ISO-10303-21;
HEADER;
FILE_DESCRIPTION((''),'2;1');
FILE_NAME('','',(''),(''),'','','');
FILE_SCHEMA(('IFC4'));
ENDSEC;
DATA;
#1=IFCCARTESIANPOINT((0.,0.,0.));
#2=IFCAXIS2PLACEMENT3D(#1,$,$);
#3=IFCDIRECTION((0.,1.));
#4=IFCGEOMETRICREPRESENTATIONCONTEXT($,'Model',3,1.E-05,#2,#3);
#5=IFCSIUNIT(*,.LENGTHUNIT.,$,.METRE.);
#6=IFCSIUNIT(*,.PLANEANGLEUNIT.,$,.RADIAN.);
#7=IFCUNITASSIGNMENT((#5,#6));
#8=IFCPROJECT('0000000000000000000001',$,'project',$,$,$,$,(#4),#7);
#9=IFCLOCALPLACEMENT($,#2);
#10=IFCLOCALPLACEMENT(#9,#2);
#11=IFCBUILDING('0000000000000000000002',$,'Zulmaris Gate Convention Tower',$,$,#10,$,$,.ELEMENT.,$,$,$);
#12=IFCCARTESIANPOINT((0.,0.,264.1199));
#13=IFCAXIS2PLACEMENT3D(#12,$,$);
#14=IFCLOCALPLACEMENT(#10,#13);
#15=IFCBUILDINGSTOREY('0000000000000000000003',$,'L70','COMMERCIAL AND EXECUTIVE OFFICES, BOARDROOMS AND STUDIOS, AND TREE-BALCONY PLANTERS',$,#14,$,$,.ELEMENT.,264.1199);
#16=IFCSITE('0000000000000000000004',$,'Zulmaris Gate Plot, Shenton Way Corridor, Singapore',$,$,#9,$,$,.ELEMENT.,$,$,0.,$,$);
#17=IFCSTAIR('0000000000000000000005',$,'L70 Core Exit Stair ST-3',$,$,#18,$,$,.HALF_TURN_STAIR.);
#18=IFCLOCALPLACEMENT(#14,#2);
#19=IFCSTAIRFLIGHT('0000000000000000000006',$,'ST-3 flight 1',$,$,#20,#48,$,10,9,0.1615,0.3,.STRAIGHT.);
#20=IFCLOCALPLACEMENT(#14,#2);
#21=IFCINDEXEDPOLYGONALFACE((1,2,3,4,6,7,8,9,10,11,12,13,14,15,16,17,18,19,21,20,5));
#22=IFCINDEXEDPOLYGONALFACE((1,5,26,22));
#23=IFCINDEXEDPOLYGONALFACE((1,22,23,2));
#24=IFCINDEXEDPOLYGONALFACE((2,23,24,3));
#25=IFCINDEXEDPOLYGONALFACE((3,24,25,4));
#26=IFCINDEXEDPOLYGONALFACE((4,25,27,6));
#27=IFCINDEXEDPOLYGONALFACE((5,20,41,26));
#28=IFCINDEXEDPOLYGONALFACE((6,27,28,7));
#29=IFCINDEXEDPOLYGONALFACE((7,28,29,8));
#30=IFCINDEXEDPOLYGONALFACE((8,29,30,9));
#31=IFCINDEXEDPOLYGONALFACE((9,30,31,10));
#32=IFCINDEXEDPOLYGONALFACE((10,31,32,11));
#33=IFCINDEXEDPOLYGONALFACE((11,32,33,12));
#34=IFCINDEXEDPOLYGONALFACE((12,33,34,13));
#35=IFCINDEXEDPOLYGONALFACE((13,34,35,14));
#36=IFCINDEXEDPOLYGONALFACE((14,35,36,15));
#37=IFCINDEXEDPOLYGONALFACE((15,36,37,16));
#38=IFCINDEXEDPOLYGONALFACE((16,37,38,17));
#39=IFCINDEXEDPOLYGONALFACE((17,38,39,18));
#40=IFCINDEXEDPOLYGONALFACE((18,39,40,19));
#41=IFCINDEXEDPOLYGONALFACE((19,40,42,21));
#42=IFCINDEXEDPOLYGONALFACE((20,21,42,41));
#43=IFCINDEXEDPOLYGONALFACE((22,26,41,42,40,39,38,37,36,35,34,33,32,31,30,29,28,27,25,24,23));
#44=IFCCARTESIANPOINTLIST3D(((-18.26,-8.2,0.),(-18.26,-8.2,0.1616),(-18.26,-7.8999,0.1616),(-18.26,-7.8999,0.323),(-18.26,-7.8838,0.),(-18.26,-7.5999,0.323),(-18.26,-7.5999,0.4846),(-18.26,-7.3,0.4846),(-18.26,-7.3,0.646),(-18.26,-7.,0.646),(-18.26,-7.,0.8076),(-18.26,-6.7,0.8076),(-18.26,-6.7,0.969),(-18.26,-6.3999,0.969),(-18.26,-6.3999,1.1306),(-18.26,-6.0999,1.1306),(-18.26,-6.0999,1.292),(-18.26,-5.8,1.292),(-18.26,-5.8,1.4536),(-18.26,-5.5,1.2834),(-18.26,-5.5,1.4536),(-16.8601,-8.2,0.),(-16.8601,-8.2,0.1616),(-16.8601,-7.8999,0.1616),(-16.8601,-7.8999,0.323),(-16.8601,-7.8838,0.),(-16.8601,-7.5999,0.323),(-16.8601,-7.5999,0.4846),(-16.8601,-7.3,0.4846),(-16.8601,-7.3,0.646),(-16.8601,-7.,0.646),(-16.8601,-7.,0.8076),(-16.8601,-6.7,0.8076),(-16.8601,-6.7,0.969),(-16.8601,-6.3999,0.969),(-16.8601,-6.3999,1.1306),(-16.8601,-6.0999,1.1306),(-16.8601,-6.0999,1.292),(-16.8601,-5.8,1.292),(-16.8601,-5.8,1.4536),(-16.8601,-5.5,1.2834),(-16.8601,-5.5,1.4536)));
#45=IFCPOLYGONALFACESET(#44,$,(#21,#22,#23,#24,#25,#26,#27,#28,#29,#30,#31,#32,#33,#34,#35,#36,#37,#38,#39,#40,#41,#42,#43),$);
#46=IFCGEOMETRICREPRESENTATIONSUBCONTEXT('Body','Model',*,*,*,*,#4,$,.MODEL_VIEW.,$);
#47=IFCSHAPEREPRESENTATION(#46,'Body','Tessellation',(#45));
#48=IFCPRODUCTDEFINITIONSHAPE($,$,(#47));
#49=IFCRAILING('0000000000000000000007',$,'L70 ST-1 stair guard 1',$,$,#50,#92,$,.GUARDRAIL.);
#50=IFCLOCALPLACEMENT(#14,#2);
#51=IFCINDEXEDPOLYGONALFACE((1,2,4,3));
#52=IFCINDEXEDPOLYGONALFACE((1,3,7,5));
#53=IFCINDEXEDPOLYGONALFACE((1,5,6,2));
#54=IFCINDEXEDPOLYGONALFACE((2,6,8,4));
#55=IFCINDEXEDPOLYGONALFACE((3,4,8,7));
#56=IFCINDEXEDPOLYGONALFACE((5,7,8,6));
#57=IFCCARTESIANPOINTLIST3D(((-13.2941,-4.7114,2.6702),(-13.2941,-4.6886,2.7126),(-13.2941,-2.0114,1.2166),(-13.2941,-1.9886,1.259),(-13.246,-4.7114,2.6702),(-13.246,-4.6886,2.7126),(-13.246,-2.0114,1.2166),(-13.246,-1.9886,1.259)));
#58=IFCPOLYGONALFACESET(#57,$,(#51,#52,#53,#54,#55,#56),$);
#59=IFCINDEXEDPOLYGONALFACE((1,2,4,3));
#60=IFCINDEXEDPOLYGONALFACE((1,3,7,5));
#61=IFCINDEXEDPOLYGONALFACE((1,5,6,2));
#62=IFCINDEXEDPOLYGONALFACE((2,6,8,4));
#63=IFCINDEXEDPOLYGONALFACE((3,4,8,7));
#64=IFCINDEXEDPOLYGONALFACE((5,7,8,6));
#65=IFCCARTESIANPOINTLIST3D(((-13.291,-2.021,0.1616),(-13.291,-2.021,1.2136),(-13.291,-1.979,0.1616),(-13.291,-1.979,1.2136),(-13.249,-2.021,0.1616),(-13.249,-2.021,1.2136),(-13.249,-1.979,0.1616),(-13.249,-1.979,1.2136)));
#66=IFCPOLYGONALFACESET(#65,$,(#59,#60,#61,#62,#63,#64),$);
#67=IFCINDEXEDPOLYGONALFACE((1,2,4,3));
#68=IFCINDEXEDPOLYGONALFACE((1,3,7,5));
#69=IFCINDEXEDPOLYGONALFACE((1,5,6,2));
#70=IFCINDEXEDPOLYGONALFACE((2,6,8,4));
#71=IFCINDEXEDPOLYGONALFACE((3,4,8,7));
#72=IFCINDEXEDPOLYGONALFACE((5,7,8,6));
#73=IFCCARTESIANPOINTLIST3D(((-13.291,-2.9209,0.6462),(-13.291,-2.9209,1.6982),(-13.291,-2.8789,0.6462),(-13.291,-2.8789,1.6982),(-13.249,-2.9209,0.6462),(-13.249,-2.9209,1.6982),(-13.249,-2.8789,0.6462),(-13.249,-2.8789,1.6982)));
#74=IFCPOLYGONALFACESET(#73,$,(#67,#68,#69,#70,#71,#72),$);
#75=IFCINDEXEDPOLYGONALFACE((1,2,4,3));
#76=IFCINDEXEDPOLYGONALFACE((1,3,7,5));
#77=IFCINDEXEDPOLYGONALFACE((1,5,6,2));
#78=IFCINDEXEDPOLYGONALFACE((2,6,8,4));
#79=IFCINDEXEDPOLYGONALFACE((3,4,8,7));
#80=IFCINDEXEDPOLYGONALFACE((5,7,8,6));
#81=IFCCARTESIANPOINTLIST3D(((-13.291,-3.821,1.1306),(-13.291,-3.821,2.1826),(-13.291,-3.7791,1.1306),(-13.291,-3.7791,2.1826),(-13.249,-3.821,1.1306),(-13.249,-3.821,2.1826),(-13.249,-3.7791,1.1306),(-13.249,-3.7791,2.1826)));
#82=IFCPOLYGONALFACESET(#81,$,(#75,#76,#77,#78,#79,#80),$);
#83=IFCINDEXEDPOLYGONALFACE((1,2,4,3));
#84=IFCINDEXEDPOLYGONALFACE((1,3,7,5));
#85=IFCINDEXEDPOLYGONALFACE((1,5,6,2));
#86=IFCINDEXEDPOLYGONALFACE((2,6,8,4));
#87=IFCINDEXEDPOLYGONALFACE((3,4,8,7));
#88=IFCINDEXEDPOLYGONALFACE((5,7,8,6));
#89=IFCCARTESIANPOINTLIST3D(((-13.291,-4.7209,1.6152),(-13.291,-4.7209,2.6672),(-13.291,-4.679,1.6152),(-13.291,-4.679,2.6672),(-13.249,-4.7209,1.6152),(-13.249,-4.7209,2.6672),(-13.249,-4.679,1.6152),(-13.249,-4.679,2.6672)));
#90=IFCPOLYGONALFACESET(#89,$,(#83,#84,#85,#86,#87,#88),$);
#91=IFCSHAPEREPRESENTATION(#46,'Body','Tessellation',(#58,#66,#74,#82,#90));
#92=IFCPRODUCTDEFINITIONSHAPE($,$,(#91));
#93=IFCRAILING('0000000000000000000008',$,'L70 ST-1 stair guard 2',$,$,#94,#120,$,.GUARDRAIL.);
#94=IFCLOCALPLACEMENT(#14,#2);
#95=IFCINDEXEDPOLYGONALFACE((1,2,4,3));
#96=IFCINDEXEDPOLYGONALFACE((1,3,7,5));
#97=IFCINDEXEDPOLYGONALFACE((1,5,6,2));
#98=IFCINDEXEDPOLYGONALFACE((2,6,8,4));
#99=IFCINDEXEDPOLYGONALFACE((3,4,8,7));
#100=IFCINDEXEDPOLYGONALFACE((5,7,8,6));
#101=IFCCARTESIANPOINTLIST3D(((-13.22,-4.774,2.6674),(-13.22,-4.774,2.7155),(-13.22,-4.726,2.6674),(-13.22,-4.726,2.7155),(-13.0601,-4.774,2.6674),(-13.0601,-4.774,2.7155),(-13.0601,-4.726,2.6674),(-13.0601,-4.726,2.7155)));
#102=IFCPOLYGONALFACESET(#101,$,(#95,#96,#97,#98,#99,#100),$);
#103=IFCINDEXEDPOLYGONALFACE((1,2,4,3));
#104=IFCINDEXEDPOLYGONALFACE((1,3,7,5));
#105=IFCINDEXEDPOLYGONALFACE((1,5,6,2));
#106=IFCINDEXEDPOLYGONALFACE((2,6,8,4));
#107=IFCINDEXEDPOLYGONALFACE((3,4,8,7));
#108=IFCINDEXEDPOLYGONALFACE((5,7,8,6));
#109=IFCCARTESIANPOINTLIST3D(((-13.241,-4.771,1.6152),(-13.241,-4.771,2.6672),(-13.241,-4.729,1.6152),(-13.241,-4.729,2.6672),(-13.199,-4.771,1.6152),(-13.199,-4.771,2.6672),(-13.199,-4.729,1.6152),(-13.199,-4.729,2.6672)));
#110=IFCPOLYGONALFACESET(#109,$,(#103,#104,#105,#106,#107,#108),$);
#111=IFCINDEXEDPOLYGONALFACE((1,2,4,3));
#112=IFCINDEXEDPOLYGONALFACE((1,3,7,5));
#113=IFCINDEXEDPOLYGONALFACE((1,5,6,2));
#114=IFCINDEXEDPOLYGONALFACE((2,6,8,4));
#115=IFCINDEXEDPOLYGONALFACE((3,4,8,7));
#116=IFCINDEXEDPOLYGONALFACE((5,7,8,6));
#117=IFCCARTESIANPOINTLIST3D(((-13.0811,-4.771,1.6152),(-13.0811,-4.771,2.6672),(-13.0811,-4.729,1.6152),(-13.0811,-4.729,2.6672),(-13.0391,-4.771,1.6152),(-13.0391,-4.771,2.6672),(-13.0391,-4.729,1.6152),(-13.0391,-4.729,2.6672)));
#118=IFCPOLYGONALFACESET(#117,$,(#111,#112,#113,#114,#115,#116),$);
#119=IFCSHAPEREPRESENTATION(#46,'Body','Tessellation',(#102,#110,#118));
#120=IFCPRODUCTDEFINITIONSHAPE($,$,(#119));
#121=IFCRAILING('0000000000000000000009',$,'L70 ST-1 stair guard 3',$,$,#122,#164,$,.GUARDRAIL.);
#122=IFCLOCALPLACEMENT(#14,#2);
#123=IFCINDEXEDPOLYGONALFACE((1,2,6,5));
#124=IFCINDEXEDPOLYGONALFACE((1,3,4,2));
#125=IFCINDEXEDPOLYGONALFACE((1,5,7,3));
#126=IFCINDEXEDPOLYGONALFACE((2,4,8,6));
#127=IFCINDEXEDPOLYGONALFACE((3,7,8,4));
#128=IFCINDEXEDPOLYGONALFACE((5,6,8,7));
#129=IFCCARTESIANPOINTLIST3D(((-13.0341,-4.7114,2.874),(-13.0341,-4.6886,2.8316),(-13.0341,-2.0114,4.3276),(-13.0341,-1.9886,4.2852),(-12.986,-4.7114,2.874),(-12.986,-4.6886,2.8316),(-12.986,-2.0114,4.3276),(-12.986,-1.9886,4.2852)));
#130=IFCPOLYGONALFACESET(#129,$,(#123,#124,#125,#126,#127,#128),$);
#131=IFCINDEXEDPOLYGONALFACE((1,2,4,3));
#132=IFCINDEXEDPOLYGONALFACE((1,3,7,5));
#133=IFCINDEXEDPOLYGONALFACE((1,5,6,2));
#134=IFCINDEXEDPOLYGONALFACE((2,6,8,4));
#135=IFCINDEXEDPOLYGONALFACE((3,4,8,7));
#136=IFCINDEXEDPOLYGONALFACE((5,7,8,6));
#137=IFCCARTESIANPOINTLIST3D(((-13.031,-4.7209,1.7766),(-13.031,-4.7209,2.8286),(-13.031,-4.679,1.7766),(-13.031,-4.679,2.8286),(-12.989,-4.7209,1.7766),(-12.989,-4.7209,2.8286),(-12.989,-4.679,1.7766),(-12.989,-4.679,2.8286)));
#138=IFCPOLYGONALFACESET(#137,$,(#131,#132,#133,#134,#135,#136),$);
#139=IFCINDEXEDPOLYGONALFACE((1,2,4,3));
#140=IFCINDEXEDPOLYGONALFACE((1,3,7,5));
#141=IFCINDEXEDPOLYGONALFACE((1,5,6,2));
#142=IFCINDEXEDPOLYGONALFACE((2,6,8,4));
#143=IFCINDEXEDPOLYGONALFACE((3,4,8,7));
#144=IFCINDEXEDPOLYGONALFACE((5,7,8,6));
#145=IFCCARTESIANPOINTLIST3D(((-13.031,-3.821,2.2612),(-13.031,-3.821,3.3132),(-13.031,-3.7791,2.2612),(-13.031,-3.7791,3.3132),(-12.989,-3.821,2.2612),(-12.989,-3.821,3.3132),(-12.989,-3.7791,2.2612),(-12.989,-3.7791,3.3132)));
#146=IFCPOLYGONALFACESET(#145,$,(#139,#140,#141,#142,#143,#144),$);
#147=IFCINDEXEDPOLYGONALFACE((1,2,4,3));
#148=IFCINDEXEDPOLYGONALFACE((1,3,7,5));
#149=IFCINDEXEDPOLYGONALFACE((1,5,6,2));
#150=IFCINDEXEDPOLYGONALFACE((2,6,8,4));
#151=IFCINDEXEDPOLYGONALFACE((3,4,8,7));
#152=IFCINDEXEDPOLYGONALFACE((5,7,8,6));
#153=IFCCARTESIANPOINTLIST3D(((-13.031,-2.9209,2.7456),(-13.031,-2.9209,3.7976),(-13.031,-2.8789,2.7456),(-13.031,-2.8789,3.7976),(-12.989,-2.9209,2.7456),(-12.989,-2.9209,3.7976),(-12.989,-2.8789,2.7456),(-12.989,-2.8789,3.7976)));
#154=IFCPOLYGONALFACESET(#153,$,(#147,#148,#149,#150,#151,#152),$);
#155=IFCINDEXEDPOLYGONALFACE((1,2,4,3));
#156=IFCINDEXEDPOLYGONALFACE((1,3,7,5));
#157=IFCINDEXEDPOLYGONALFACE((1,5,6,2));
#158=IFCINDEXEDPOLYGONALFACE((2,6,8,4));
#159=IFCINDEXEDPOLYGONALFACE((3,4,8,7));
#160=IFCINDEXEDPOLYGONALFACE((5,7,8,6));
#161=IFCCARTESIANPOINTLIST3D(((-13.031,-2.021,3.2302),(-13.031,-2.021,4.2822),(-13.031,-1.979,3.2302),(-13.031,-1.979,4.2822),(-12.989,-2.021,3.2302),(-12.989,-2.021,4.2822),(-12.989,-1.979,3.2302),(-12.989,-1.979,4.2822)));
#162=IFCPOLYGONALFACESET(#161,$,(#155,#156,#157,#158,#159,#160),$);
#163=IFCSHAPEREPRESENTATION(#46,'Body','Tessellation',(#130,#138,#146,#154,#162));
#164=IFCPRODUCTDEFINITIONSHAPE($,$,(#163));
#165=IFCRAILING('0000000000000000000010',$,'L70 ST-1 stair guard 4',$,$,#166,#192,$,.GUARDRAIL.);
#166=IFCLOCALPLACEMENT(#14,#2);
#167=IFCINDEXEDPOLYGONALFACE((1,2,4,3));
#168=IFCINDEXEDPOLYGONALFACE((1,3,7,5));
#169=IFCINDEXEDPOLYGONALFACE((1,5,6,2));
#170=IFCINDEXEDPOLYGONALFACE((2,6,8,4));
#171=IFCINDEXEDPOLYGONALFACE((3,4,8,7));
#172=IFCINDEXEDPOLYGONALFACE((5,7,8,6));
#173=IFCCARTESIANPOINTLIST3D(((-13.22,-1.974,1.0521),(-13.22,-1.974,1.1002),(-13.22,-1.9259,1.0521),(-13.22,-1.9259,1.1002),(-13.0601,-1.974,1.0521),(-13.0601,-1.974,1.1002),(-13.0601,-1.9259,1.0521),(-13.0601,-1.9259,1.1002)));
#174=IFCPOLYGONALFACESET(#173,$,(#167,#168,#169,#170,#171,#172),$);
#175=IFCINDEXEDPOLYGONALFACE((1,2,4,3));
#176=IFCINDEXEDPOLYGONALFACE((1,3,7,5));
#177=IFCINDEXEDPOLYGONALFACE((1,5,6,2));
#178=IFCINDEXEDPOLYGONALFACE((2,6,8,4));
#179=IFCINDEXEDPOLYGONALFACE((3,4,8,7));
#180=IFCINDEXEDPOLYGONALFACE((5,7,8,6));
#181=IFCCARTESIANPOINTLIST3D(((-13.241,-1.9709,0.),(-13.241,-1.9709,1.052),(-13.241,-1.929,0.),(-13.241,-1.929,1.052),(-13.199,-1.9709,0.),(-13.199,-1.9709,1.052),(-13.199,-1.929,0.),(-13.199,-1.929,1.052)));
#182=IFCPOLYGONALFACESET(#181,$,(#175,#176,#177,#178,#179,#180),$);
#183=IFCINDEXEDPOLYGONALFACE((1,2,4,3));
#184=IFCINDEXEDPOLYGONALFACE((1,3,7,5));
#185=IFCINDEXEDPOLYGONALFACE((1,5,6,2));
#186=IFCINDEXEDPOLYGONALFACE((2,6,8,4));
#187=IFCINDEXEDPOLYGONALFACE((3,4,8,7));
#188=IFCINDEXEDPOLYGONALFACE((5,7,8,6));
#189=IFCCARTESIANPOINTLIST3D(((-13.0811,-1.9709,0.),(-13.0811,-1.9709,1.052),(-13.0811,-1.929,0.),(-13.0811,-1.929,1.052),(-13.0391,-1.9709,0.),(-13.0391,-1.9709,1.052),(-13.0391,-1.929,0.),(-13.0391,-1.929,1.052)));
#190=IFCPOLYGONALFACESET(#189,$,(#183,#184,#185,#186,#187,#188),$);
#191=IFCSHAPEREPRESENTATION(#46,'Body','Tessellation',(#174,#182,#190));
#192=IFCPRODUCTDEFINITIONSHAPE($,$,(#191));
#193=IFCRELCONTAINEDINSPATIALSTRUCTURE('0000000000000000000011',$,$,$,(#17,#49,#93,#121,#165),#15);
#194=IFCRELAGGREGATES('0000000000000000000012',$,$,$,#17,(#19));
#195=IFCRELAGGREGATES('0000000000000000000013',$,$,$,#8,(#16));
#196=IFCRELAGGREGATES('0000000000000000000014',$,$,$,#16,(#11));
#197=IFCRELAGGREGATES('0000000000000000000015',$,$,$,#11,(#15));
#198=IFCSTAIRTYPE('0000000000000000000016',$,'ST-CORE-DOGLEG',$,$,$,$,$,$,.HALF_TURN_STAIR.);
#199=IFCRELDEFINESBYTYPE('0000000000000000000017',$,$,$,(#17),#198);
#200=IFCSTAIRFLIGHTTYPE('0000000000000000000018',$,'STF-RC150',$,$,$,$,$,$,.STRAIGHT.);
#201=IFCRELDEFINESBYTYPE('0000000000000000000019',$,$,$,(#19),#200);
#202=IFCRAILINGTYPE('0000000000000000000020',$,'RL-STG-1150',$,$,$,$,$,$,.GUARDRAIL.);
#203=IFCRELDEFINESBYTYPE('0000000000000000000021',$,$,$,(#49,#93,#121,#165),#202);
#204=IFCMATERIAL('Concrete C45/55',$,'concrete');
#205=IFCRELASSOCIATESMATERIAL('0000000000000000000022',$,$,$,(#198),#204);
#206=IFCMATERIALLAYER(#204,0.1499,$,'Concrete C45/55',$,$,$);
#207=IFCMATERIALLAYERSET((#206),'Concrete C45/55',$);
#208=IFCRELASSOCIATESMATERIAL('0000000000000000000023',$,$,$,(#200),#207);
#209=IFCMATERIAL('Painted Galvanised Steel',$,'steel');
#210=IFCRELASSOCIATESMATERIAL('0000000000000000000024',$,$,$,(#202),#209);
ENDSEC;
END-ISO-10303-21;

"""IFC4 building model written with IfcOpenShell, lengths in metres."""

from ifc_helpers import new_model, si_unit, direction, frame, origin, origin_2d, place, context, subcontext, project, spatial, polyline, rectangle, outline, extrude, material, layer, layer_set, type_object, element, aggregate, save


model = new_model("IFC4")

# Units and contexts
model_context = context("Model", 3, precision=1e-05, world=origin(), true_north=direction((0.0, 1.0)))
body_context = subcontext(model_context, "Body", "Model", "MODEL_VIEW")
ifc_project = project(units=[si_unit("LENGTHUNIT", "METRE"), si_unit("PLANEANGLEUNIT", "RADIAN")], contexts=[model_context])

# Site, building, storey
site_placement = place(None, origin())
site = spatial("IfcSite", under=ifc_project, at=site_placement, Name="Zulmaris Gate Plot, Shenton Way Corridor, Singapore", CompositionType="ELEMENT", RefElevation=0.0)
building_placement = place(site_placement, origin())
building = spatial("IfcBuilding", under=site, at=building_placement, Name="Zulmaris Gate Convention Tower", CompositionType="ELEMENT")
storey_placement = place(building_placement, frame((0.0, 0.0, 264.1199)))
storey = spatial("IfcBuildingStorey", under=building, at=storey_placement, Name="L70", Description="COMMERCIAL AND EXECUTIVE OFFICES, BOARDROOMS AND STUDIOS, AND TREE-BALCONY PLANTERS", CompositionType="ELEMENT", Elevation=264.1199)

# Shared definitions
ifc_material_1 = material(Name="Concrete C45/55", Category="concrete")
stair_type = type_object("IfcStairType", Name="ST-CORE-DOGLEG", PredefinedType="HALF_TURN_STAIR", material=ifc_material_1)
ifc_layer_1 = layer(ifc_material_1, 0.1499, Name="Concrete C45/55")
ifc_layer_set_1 = layer_set([ifc_layer_1], Name="Concrete C45/55")
stair_flight_type = type_object("IfcStairFlightType", Name="STF-RC150", PredefinedType="STRAIGHT", material=ifc_layer_set_1)

# Stair, stair flight
stair_1_placement = place(storey_placement, origin())
stair_1 = element("IfcStair", 1, at=stair_1_placement, inside=storey, type_object=stair_type, Name="L70 Core Exit Stair ST-3", PredefinedType="HALF_TURN_STAIR")
stair_flight_1_placement = place(storey_placement, frame((-17.5601, -8.2, 0.0), z_axis=(0.0, 0.0, 1.0), x_axis=(0.0, 1.0, 0.0)))
stair_flight_1 = element("IfcStairFlight", 2, at=stair_flight_1_placement, type_object=stair_flight_type, Name="ST-3 flight 1", NumberOfRisers=10, NumberOfTreads=9, PredefinedType="STRAIGHT", RiserHeight=0.1615, TreadLength=0.3, context=body_context, shape_type="SweptSolid", body=[
    extrude(outline(polyline([(0.0, 0.0), (0.0, 0.1616), (0.3, 0.1616), (0.3, 0.323), (0.6001, 0.323), (0.6001, 0.4846), (0.8999, 0.4846), (0.8999, 0.646), (1.2, 0.646), (1.2, 0.8076), (1.5, 0.8076), (1.5, 0.969), (1.8, 0.969), (1.8, 1.1306), (2.1001, 1.1306), (2.1001, 1.292), (2.3999, 1.292), (2.3999, 1.4536), (2.7, 1.4536), (2.7, 1.615), (2.7, 1.2834), (0.3162, 0.0), (0.0, 0.0)])), frame((0.0, 0.7, 0.0), z_axis=(0.0, -1.0, 0.0), x_axis=(1.0, 0.0, 0.0)), (0.0, 0.0, 1.0), 1.3999),
])
aggregate(stair_1, [stair_flight_1])

# Railings
ifc_material_2 = material(Name="Painted Galvanised Steel", Category="steel")
railing_type_1 = type_object("IfcRailingType", Name="RL-STG-1150", PredefinedType="GUARDRAIL", material=ifc_material_2)
railing_1_placement = place(storey_placement, frame((-13.27, -2.0, 0.1616)))
element("IfcRailing", 3, at=railing_1_placement, inside=storey, type_object=railing_type_1, Name="L70 ST-1 stair guard 1", PredefinedType="GUARDRAIL", context=body_context, shape_type="SweptSolid", body=[
    extrude(rectangle(XDim=0.0481, YDim=0.0481, at=origin_2d()), frame((0.0, 0.0, 1.0762), z_axis=(0.0, -0.880499, 0.474048), x_axis=(1.0, 0.0, 0.0)), (0.0, 0.0, 1.0), 3.0664),
    extrude(rectangle(XDim=0.042, YDim=0.042, at=origin_2d()), origin(), (0.0, 0.0, 1.0), 1.052),
    extrude(rectangle(XDim=0.042, YDim=0.042, at=origin_2d()), frame((0.0, -0.8999, 0.4846)), (0.0, 0.0, 1.0), 1.052),
    extrude(rectangle(XDim=0.042, YDim=0.042, at=origin_2d()), frame((0.0, -1.8, 0.969)), (0.0, 0.0, 1.0), 1.052),
    extrude(rectangle(XDim=0.042, YDim=0.042, at=origin_2d()), frame((0.0, -2.7, 1.4536)), (0.0, 0.0, 1.0), 1.052),
])
railing_2_placement = place(storey_placement, frame((-13.22, -4.75, 1.6152)))
element("IfcRailing", 4, at=railing_2_placement, inside=storey, type_object=railing_type_1, Name="L70 ST-1 stair guard 2", PredefinedType="GUARDRAIL", context=body_context, shape_type="SweptSolid", body=[
    extrude(rectangle(XDim=0.0481, YDim=0.0481, at=origin_2d()), frame((0.0, 0.0, 1.0762), z_axis=(1.0, 0.0, 0.0), x_axis=(0.0, 1.0, 0.0)), (0.0, 0.0, 1.0), 0.1599),
    extrude(rectangle(XDim=0.042, YDim=0.042, at=origin_2d()), origin(), (0.0, 0.0, 1.0), 1.052),
    extrude(rectangle(XDim=0.042, YDim=0.042, at=origin_2d()), frame((0.1599, 0.0, 0.0)), (0.0, 0.0, 1.0), 1.052),
])
railing_3_placement = place(storey_placement, frame((-13.01, -4.7, 1.7766)))
element("IfcRailing", 5, at=railing_3_placement, inside=storey, type_object=railing_type_1, Name="L70 ST-1 stair guard 3", PredefinedType="GUARDRAIL", context=body_context, shape_type="SweptSolid", body=[
    extrude(rectangle(XDim=0.0481, YDim=0.0481, at=origin_2d()), frame((0.0, 0.0, 1.0762), z_axis=(0.0, 0.880499, 0.474048), x_axis=(-1.0, 0.0, 0.0)), (0.0, 0.0, 1.0), 3.0664),
    extrude(rectangle(XDim=0.042, YDim=0.042, at=origin_2d()), origin(), (0.0, 0.0, 1.0), 1.052),
    extrude(rectangle(XDim=0.042, YDim=0.042, at=origin_2d()), frame((0.0, 0.8999, 0.4846)), (0.0, 0.0, 1.0), 1.052),
    extrude(rectangle(XDim=0.042, YDim=0.042, at=origin_2d()), frame((0.0, 1.8, 0.969)), (0.0, 0.0, 1.0), 1.052),
    extrude(rectangle(XDim=0.042, YDim=0.042, at=origin_2d()), frame((0.0, 2.7, 1.4536)), (0.0, 0.0, 1.0), 1.052),
])
railing_4_placement = place(storey_placement, frame((-13.22, -1.95, 0.0)))
element("IfcRailing", 6, at=railing_4_placement, inside=storey, type_object=railing_type_1, Name="L70 ST-1 stair guard 4", PredefinedType="GUARDRAIL", context=body_context, shape_type="SweptSolid", body=[
    extrude(rectangle(XDim=0.0481, YDim=0.0481, at=origin_2d()), frame((0.0, 0.0, 1.0762), z_axis=(1.0, 0.0, 0.0), x_axis=(0.0, 1.0, 0.0)), (0.0, 0.0, 1.0), 0.1599),
    extrude(rectangle(XDim=0.042, YDim=0.042, at=origin_2d()), origin(), (0.0, 0.0, 1.0), 1.052),
    extrude(rectangle(XDim=0.042, YDim=0.042, at=origin_2d()), frame((0.1599, 0.0, 0.0)), (0.0, 0.0, 1.0), 1.052),
])

save(model, "model.ifc")
